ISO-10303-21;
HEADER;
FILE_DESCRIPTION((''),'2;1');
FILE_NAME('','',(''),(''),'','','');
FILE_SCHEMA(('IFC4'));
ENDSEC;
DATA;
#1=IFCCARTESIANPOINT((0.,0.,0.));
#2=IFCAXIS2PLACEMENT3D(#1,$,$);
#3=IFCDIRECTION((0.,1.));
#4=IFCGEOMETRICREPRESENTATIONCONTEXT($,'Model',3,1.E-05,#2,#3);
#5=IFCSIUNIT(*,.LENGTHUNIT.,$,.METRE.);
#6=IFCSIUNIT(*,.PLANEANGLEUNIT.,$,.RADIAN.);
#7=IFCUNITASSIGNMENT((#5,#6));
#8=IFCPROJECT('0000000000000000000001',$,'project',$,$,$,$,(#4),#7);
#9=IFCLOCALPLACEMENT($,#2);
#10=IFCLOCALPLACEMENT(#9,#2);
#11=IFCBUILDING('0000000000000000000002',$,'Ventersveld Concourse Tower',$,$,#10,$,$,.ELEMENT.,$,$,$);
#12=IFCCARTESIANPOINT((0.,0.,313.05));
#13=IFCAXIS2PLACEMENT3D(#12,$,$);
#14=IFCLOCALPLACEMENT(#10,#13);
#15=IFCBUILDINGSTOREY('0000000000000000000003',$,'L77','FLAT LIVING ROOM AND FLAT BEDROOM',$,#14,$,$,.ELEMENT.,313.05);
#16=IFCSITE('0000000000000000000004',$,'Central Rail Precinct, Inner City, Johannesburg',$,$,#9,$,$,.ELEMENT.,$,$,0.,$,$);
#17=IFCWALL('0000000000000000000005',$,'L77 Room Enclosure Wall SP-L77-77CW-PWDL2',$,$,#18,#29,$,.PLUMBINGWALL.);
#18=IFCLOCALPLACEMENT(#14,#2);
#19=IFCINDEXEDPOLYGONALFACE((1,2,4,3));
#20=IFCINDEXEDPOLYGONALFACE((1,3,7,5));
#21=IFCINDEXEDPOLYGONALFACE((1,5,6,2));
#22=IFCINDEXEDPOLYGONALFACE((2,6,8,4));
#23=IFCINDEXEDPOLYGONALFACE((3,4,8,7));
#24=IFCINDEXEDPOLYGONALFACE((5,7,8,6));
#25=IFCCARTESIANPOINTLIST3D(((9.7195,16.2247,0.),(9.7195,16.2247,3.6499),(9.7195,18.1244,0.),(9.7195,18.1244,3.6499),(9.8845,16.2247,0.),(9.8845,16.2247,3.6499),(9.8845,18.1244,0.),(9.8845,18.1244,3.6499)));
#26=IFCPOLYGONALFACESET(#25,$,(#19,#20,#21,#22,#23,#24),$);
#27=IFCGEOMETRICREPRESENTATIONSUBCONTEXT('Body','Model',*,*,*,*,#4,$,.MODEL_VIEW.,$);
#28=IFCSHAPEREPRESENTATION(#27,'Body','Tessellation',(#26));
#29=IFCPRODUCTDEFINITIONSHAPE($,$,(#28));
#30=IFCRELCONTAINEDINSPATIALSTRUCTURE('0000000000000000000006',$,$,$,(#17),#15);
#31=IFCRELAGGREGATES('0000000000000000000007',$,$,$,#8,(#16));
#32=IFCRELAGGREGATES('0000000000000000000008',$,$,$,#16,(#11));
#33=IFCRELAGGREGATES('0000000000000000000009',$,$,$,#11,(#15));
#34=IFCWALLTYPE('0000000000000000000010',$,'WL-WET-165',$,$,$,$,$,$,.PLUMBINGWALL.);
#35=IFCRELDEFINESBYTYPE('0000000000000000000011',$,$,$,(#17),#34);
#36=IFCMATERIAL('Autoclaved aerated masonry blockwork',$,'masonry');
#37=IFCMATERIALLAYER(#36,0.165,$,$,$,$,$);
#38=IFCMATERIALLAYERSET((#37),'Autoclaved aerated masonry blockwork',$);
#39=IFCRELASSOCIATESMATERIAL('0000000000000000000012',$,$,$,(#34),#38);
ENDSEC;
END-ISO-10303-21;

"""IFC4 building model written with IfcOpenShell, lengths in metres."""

from ifc_helpers import new_model, si_unit, direction, frame, frame_2d, origin, place, context, subcontext, project, spatial, rectangle, extrude, material, layer, layer_set, type_object, element, save


model = new_model("IFC4")

# Units and contexts
model_context = context("Model", 3, precision=1e-05, world=origin(), true_north=direction((0.0, 1.0)))
body_context = subcontext(model_context, "Body", "Model", "MODEL_VIEW")
ifc_project = project(units=[si_unit("LENGTHUNIT", "METRE"), si_unit("PLANEANGLEUNIT", "RADIAN")], contexts=[model_context])

# Site, building, storey
site_placement = place(None, origin())
site = spatial("IfcSite", under=ifc_project, at=site_placement, Name="Central Rail Precinct, Inner City, Johannesburg", CompositionType="ELEMENT", RefElevation=0.0)
building_placement = place(site_placement, origin())
building = spatial("IfcBuilding", under=site, at=building_placement, Name="Ventersveld Concourse Tower", CompositionType="ELEMENT")
storey_placement = place(building_placement, frame((0.0, 0.0, 313.05)))
storey = spatial("IfcBuildingStorey", under=building, at=storey_placement, Name="L77", Description="FLAT LIVING ROOM AND FLAT BEDROOM", CompositionType="ELEMENT", Elevation=313.05)

# Shared definitions
ifc_material_1 = material(Name="Autoclaved aerated masonry blockwork", Category="masonry")

# Shared definitions
ifc_layer_1 = layer(ifc_material_1, 0.165)
ifc_layer_set_1 = layer_set([ifc_layer_1], Name="Autoclaved aerated masonry blockwork")
wall_type_1 = type_object("IfcWallType", Name="WL-WET-165", PredefinedType="PLUMBINGWALL", material=ifc_layer_set_1)

# Wall
for number, where, z_axis, x_axis, name in (
    (1, (9.802, 16.2249, 0.0), (0.0, 0.0, 1.0), (0.0, 1.0, 0.0), "L77 Room Enclosure Wall SP-L77-77CW-PWDL2"),
):
    element("IfcWall", number, at=place(storey_placement, frame(where, z_axis=z_axis, x_axis=x_axis)), inside=storey, type_object=wall_type_1, Name=name, PredefinedType="PLUMBINGWALL", context=body_context, shape_type="SweptSolid", body=[
        extrude(rectangle(XDim=1.8997, YDim=0.165, at=frame_2d((0.9497, 0.0))), origin(), (0.0, 0.0, 1.0), 3.6499),
    ])

save(model, "model.ifc")
